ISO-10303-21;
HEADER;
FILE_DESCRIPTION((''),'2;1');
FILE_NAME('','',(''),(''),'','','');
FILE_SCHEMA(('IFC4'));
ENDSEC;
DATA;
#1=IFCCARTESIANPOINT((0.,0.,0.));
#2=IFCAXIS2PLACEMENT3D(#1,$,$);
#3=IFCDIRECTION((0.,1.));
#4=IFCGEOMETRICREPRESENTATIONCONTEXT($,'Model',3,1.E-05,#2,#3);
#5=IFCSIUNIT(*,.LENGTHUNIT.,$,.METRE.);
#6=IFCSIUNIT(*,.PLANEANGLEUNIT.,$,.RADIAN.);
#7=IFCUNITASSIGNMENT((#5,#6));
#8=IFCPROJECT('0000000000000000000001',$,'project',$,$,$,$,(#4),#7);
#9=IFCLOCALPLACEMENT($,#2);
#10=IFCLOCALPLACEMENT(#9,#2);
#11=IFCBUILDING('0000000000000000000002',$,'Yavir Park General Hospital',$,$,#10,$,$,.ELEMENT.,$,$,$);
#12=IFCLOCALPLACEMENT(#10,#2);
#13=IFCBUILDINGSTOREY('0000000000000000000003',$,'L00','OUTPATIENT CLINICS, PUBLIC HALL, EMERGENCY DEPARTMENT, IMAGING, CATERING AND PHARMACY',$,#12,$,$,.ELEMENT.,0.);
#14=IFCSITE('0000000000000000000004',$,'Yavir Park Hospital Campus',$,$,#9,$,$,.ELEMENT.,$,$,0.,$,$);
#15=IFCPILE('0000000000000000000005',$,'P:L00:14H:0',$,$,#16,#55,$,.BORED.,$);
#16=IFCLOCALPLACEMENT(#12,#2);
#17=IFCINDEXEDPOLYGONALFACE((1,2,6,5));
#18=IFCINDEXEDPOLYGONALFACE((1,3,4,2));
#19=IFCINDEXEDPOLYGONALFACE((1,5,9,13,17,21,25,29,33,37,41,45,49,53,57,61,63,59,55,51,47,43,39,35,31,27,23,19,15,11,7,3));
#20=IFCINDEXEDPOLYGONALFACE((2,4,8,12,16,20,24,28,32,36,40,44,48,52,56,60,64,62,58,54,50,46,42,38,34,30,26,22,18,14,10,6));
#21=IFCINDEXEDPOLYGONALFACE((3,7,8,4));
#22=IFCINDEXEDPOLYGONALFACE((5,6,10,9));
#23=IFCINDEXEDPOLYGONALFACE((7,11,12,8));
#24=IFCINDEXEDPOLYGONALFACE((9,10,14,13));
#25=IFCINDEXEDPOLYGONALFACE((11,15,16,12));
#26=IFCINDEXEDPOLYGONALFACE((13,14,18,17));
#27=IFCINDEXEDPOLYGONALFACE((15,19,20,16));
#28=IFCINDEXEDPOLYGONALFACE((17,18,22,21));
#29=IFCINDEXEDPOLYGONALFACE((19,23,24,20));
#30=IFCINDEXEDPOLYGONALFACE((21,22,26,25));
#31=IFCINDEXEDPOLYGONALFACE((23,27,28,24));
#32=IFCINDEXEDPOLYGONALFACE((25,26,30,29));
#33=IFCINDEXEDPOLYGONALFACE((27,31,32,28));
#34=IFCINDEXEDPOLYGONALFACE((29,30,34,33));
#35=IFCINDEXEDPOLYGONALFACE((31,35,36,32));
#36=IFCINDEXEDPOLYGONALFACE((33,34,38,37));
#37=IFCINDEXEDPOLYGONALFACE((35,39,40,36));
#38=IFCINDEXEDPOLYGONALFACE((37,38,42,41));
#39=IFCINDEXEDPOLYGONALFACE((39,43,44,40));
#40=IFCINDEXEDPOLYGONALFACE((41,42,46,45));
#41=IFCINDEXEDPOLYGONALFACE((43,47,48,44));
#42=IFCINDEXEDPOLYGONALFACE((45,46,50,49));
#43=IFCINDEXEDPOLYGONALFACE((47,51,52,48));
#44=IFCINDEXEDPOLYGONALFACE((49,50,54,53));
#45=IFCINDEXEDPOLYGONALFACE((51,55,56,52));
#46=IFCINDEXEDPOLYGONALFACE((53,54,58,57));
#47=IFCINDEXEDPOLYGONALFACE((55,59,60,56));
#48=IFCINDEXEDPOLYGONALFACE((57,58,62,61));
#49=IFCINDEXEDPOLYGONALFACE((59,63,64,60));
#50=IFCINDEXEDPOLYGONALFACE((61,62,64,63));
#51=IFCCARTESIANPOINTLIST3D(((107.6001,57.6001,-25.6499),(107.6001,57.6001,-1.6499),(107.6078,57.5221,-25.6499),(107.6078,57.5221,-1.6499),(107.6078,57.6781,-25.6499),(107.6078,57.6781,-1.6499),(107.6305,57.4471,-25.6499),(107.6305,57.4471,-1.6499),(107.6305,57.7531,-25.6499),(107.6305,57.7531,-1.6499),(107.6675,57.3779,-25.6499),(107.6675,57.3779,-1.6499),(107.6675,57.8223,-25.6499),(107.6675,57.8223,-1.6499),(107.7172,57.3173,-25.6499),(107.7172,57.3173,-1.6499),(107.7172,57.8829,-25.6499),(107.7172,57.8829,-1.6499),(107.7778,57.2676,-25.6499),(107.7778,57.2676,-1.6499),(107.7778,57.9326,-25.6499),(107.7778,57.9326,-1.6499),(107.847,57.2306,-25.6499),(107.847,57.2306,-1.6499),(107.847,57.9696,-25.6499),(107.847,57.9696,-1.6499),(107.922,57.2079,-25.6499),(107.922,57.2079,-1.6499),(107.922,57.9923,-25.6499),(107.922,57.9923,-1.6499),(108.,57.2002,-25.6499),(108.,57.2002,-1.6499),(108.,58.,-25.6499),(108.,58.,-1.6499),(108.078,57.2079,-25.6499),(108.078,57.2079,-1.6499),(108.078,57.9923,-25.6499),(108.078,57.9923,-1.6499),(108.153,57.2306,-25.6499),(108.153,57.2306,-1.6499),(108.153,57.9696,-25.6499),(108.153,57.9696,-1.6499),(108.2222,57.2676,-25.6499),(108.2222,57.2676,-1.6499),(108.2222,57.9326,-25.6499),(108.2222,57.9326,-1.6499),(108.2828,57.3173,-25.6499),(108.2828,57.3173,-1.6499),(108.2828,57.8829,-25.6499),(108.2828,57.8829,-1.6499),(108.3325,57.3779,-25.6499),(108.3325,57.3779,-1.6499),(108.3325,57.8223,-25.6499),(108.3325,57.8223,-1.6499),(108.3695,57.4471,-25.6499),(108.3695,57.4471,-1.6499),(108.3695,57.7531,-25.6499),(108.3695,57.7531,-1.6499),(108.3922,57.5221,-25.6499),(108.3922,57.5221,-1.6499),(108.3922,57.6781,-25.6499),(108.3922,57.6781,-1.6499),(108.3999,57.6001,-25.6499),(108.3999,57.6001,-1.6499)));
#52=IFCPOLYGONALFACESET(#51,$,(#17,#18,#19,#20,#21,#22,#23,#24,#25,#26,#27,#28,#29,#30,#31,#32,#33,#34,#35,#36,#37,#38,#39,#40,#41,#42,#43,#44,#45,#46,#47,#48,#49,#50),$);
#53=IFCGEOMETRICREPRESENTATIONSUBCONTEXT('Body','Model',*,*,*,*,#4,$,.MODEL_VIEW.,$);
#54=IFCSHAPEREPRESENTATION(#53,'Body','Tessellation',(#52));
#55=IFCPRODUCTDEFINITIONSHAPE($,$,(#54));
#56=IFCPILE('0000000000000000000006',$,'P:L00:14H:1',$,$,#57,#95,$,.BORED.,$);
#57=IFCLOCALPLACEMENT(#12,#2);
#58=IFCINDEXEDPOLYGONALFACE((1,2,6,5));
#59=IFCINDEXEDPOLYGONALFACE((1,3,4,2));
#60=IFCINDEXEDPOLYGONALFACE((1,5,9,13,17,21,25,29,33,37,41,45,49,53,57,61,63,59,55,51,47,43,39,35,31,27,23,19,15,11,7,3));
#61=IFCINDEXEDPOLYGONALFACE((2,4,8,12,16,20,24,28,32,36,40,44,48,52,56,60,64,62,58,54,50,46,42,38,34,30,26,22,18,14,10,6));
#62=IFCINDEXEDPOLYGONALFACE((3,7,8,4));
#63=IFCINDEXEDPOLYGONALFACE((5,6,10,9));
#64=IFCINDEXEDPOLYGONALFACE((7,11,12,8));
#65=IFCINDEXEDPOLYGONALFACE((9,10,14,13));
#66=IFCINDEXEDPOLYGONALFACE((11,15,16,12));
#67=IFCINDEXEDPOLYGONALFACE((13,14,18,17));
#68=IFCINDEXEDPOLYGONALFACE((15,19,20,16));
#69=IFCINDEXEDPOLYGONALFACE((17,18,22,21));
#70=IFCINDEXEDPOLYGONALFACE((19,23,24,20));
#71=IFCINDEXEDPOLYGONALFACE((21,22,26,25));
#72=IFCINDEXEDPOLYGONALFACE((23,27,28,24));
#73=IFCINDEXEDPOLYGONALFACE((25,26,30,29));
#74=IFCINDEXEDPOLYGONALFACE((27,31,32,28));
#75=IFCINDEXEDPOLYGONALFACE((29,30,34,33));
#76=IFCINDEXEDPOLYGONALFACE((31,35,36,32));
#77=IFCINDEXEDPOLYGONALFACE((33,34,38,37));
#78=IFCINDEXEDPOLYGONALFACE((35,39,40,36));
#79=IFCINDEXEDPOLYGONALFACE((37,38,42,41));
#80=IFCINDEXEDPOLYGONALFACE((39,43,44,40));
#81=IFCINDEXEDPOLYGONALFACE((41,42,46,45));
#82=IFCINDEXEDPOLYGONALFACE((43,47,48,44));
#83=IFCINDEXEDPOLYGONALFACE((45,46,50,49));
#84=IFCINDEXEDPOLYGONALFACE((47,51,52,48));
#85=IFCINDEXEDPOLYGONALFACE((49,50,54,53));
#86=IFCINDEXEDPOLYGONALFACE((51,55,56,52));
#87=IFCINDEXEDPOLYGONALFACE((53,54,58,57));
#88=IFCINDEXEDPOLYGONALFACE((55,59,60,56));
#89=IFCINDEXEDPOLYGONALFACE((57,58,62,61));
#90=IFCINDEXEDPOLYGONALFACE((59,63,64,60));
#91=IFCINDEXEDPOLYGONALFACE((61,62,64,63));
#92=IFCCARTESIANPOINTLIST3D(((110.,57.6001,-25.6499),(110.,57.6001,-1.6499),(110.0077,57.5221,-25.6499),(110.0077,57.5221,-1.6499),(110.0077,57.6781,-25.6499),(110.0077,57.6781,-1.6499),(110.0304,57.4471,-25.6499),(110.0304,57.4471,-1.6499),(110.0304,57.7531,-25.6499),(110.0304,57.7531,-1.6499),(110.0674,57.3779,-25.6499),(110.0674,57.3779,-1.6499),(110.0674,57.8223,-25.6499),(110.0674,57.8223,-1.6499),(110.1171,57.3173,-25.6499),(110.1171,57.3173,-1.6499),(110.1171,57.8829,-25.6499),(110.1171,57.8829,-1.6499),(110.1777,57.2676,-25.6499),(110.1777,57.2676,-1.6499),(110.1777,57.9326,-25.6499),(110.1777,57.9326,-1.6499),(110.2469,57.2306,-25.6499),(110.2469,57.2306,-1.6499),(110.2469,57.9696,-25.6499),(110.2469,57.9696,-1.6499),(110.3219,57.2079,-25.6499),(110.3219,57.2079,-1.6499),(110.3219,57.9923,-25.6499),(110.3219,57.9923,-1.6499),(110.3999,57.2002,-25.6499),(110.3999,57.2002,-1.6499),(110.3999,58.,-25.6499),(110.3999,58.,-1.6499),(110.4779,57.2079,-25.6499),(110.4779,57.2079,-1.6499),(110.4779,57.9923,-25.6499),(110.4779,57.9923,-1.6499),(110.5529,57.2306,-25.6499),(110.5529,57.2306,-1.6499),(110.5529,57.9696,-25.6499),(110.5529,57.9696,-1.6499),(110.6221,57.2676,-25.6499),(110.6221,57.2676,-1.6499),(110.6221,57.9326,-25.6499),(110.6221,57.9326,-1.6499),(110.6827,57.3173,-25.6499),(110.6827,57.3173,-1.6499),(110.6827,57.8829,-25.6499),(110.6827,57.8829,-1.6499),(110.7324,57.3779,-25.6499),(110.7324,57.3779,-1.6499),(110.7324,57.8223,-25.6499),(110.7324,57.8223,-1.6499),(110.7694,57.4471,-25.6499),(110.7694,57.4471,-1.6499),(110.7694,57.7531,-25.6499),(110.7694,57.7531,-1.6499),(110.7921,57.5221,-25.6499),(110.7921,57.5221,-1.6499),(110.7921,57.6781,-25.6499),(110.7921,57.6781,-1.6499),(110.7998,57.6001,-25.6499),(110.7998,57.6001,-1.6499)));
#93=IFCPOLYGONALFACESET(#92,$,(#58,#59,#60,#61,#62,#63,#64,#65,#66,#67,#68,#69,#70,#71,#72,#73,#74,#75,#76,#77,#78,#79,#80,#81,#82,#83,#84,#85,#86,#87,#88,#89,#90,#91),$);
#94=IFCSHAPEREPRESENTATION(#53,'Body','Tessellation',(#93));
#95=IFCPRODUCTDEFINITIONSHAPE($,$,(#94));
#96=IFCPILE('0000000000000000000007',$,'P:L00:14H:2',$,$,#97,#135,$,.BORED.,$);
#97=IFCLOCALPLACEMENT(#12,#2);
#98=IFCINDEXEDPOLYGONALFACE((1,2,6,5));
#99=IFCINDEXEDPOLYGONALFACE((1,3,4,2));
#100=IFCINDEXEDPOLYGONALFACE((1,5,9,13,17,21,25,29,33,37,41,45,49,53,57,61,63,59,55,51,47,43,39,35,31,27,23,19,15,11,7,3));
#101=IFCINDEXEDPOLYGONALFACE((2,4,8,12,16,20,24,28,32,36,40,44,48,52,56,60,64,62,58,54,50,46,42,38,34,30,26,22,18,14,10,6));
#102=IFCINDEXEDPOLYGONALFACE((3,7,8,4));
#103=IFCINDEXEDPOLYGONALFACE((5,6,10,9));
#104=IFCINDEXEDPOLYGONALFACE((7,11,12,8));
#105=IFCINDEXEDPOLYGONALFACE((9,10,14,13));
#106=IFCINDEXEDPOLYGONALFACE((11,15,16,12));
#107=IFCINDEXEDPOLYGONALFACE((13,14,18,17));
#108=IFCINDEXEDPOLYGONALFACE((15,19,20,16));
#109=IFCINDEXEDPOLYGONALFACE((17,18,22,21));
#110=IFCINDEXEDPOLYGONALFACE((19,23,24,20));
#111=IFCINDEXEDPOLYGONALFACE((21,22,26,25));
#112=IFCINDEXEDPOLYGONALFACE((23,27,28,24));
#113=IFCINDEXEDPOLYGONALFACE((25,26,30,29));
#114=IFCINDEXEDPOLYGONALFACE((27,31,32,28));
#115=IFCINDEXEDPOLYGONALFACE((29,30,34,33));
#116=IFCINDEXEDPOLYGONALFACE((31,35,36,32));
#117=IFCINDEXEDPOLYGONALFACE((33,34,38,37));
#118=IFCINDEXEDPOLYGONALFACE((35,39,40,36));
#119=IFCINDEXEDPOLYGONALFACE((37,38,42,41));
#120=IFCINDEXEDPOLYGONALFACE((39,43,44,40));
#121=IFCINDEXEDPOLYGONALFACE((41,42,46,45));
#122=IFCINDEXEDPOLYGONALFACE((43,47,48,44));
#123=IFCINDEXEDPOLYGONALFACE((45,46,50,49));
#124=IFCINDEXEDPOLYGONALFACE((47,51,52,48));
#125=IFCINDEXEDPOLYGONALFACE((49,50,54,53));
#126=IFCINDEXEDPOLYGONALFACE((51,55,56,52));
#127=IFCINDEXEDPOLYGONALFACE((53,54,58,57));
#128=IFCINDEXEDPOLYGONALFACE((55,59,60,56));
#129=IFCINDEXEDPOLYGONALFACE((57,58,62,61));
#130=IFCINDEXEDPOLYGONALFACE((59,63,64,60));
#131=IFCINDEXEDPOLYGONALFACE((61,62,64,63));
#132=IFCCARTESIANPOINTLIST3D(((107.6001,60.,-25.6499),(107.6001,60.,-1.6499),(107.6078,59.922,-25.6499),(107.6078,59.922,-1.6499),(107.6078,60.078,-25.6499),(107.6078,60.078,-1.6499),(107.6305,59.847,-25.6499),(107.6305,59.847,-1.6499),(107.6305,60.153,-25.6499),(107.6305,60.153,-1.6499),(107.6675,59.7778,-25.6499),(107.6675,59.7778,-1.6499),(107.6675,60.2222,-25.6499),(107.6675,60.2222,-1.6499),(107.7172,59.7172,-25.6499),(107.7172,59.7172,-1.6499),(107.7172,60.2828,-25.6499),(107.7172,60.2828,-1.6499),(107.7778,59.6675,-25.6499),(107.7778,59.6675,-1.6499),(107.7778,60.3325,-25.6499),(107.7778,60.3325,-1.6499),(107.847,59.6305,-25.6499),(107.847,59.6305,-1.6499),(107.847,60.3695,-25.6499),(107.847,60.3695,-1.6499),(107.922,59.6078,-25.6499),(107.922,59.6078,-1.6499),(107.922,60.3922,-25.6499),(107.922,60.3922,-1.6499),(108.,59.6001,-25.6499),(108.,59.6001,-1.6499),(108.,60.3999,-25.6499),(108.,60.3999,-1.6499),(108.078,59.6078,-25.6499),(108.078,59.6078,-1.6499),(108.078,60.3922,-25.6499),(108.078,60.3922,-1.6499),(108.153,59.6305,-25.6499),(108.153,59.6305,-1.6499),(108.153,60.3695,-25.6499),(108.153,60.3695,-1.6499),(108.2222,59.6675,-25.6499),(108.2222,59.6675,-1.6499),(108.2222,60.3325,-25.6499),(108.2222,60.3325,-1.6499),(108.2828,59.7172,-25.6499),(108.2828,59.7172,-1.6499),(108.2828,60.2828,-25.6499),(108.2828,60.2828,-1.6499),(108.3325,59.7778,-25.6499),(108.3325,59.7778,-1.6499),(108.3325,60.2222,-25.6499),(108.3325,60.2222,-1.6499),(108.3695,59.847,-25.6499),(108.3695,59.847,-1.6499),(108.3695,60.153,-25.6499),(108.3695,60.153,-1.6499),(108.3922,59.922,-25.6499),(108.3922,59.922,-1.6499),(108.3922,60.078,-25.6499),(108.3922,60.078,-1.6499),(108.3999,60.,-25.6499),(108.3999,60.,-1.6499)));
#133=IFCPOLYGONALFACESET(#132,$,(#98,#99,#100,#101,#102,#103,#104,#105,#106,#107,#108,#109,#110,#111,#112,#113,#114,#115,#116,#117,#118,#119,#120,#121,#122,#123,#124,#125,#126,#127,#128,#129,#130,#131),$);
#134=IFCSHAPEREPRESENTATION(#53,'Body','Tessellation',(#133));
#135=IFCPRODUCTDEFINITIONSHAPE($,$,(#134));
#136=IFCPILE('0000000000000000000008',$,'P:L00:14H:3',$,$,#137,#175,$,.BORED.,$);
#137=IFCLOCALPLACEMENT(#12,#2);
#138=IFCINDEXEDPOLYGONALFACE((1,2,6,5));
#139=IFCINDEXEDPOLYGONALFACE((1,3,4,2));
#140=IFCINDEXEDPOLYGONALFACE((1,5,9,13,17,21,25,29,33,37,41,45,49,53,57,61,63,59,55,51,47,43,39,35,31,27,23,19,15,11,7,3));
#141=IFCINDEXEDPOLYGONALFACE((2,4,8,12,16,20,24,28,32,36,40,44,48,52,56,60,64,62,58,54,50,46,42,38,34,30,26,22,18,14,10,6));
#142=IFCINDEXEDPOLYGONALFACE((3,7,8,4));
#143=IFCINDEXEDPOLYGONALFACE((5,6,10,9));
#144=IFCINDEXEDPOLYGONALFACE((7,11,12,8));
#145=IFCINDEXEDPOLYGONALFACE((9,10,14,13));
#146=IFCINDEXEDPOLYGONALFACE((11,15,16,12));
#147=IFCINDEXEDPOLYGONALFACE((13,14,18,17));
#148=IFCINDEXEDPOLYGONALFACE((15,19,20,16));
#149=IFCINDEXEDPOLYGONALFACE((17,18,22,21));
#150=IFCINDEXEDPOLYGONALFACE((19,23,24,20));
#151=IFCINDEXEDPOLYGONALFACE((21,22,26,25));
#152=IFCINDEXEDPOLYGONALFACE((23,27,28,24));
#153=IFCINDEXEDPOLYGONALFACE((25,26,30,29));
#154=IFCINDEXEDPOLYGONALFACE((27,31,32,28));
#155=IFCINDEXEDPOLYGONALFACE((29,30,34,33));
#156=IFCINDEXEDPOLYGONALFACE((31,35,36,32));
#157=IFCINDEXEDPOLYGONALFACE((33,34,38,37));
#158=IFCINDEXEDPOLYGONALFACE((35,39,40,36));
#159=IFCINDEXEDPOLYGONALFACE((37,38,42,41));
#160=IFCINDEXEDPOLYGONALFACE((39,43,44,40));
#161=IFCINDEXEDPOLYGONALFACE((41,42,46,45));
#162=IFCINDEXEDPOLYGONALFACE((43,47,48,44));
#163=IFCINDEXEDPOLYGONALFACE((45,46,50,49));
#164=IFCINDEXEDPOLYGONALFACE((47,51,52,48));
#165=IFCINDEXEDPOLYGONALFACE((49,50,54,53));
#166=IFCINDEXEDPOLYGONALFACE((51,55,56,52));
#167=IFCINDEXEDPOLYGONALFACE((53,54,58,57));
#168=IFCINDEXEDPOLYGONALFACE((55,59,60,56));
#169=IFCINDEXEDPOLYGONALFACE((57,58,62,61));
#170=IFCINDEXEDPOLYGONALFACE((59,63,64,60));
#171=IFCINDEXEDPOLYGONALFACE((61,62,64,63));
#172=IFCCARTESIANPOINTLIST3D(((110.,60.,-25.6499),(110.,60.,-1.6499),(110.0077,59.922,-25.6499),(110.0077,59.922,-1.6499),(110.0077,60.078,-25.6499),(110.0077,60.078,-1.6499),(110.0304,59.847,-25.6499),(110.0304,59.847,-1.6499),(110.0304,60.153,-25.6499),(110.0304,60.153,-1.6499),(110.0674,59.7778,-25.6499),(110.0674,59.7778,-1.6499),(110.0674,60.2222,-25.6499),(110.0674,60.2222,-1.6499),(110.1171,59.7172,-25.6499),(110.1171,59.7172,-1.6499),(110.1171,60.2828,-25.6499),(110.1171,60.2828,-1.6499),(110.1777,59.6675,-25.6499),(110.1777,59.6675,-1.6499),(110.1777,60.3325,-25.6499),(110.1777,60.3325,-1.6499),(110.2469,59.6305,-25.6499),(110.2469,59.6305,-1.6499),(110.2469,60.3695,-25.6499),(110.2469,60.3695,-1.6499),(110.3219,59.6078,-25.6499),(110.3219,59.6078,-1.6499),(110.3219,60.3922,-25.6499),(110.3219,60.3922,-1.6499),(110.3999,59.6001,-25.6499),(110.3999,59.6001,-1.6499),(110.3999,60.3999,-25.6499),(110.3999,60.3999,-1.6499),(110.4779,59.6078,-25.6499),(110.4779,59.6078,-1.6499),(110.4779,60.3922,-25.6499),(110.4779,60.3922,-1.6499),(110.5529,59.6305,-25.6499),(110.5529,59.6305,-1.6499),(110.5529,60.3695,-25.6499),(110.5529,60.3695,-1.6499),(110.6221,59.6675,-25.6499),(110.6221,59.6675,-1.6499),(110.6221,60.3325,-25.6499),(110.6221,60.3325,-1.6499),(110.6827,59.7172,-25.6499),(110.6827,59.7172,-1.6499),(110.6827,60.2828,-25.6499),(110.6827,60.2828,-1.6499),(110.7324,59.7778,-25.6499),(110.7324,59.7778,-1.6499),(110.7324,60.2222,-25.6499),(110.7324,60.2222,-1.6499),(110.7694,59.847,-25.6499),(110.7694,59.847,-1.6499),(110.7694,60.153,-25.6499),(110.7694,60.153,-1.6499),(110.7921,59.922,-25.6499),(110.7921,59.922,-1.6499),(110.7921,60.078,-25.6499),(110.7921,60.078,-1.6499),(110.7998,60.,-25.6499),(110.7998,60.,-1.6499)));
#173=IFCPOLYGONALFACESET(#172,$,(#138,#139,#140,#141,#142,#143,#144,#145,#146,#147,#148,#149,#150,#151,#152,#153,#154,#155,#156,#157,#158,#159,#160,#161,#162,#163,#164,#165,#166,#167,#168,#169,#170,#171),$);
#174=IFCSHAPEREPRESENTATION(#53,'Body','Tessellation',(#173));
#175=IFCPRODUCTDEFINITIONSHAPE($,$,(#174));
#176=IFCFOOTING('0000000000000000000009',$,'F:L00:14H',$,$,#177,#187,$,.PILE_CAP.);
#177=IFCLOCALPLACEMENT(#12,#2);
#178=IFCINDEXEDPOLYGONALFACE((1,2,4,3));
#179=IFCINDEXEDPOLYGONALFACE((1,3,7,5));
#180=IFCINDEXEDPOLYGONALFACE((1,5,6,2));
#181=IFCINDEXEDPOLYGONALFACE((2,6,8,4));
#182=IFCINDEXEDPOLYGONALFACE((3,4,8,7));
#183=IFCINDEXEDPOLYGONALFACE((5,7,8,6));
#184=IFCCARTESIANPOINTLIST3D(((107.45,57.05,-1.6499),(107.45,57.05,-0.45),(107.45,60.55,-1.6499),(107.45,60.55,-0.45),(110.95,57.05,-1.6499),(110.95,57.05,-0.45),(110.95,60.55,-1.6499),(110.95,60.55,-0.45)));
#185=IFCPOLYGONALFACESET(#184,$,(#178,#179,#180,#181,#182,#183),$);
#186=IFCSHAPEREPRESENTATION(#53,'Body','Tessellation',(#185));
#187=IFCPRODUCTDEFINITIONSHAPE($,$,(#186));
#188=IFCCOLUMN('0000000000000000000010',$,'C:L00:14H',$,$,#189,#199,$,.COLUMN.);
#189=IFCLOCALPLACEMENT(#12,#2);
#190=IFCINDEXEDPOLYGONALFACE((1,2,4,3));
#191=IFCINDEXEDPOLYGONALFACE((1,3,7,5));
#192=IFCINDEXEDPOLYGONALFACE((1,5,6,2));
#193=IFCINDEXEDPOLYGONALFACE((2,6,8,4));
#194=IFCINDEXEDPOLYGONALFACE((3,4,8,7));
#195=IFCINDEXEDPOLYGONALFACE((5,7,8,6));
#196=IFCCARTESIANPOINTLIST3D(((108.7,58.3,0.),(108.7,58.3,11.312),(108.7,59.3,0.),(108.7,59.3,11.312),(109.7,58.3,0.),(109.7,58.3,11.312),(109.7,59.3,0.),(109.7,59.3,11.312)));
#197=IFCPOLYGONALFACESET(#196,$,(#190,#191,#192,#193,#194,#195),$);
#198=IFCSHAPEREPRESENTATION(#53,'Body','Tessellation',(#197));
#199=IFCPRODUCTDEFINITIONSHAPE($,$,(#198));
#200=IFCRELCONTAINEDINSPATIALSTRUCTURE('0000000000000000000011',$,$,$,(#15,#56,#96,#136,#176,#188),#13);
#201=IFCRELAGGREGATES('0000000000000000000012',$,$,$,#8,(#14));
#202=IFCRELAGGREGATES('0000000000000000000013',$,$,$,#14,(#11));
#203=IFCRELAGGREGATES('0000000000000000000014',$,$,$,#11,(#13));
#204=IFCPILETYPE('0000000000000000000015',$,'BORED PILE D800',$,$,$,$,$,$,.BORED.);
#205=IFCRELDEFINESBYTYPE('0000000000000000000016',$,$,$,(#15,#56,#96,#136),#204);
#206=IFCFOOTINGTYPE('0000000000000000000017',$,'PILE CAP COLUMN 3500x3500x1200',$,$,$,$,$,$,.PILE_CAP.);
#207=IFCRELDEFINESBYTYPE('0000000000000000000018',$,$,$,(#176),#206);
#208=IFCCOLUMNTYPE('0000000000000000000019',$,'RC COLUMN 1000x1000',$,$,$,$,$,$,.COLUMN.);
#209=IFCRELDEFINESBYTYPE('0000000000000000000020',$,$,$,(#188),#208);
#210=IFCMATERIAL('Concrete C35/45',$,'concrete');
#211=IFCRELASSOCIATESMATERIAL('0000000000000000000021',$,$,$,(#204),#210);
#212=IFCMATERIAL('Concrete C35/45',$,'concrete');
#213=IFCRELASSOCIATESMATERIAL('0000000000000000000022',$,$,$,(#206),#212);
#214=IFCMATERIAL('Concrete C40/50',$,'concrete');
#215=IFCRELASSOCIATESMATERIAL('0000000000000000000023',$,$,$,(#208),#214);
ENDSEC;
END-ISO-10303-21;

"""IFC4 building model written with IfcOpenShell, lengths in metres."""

from ifc_helpers import new_model, si_unit, direction, frame, origin, origin_2d, place, context, subcontext, project, spatial, rectangle, circle, extrude, material, material_profile, profile_set, type_object, element, save


model = new_model("IFC4")

# Units and contexts
model_context = context("Model", 3, precision=1e-05, world=origin(), true_north=direction((0.0, 1.0)))
body_context = subcontext(model_context, "Body", "Model", "MODEL_VIEW")
ifc_project = project(units=[si_unit("LENGTHUNIT", "METRE"), si_unit("PLANEANGLEUNIT", "RADIAN")], contexts=[model_context])

# Site, building, storey
site_placement = place(None, origin())
site = spatial("IfcSite", under=ifc_project, at=site_placement, Name="Yavir Park Hospital Campus", CompositionType="ELEMENT", RefElevation=0.0)
building_placement = place(site_placement, origin())
building = spatial("IfcBuilding", under=site, at=building_placement, Name="Yavir Park General Hospital", CompositionType="ELEMENT")
storey_placement = place(building_placement, origin())
storey = spatial("IfcBuildingStorey", under=building, at=storey_placement, Name="L00", Description="OUTPATIENT CLINICS, PUBLIC HALL, EMERGENCY DEPARTMENT, IMAGING, CATERING AND PHARMACY", CompositionType="ELEMENT", Elevation=0.0)

# Piles
ifc_material_1 = material(Name="Concrete C35/45", Category="concrete")
ifc_material_profile_1 = material_profile(ifc_material_1, circle(Radius=0.3999, at=origin_2d()), Name="D800")
ifc_profile_set_1 = profile_set([ifc_material_profile_1], Name="Concrete C35/45")
pile_type = type_object("IfcPileType", Name="BORED PILE D800", PredefinedType="BORED", material=ifc_profile_set_1)
for number, where, z_axis, x_axis, name in (
    (1, (108.0, 57.6001, -1.6499), (0.0, 0.0, -1.0), (1.0, 0.0, 0.0), "P:L00:14H:0"),
    (2, (110.3999, 57.6001, -1.6499), (0.0, 0.0, -1.0), (1.0, 0.0, 0.0), "P:L00:14H:1"),
    (3, (108.0, 60.0, -1.6499), (0.0, 0.0, -1.0), (1.0, 0.0, 0.0), "P:L00:14H:2"),
    (4, (110.3999, 60.0, -1.6499), (0.0, 0.0, -1.0), (1.0, 0.0, 0.0), "P:L00:14H:3"),
):
    element("IfcPile", number, at=place(storey_placement, frame(where, z_axis=z_axis, x_axis=x_axis)), inside=storey, type_object=pile_type, Name=name, PredefinedType="BORED", context=body_context, shape_type="SweptSolid", body=[
        extrude(circle(Radius=0.3999, at=origin_2d()), origin(), (0.0, 0.0, 1.0), 24.0),
    ])

# Footing
ifc_material_2 = material(Name="Concrete C35/45", Category="concrete")
footing_type = type_object("IfcFootingType", Name="PILE CAP COLUMN 3500x3500x1200", PredefinedType="PILE_CAP", material=ifc_material_2)
footing_placement = place(storey_placement, frame((109.2, 58.8, -1.6499), z_axis=(0.0, 0.0, 1.0), x_axis=(1.0, 0.0, 0.0)))
element("IfcFooting", 5, at=footing_placement, inside=storey, type_object=footing_type, Name="F:L00:14H", PredefinedType="PILE_CAP", context=body_context, shape_type="SweptSolid", body=[
    extrude(rectangle(XDim=3.5, YDim=3.5, at=origin_2d()), origin(), (0.0, 0.0, 1.0), 1.2),
])

# Column
ifc_material_3 = material(Name="Concrete C40/50", Category="concrete")
ifc_material_profile_2 = material_profile(ifc_material_3, rectangle(XDim=1.0, YDim=1.0, at=origin_2d()), Name="RC1000x1000")
ifc_profile_set_2 = profile_set([ifc_material_profile_2], Name="Concrete C40/50")
column_type = type_object("IfcColumnType", Name="RC COLUMN 1000x1000", PredefinedType="COLUMN", material=ifc_profile_set_2)
column_placement = place(storey_placement, frame((109.2, 58.8, 0.0), z_axis=(0.0, 0.0, 1.0), x_axis=(1.0, 0.0, 0.0)))
element("IfcColumn", 6, at=column_placement, inside=storey, type_object=column_type, Name="C:L00:14H", PredefinedType="COLUMN", context=body_context, shape_type="SweptSolid", body=[
    extrude(rectangle(XDim=1.0, YDim=1.0, at=origin_2d()), origin(), (0.0, 0.0, 1.0), 11.312),
])

save(model, "model.ifc")
